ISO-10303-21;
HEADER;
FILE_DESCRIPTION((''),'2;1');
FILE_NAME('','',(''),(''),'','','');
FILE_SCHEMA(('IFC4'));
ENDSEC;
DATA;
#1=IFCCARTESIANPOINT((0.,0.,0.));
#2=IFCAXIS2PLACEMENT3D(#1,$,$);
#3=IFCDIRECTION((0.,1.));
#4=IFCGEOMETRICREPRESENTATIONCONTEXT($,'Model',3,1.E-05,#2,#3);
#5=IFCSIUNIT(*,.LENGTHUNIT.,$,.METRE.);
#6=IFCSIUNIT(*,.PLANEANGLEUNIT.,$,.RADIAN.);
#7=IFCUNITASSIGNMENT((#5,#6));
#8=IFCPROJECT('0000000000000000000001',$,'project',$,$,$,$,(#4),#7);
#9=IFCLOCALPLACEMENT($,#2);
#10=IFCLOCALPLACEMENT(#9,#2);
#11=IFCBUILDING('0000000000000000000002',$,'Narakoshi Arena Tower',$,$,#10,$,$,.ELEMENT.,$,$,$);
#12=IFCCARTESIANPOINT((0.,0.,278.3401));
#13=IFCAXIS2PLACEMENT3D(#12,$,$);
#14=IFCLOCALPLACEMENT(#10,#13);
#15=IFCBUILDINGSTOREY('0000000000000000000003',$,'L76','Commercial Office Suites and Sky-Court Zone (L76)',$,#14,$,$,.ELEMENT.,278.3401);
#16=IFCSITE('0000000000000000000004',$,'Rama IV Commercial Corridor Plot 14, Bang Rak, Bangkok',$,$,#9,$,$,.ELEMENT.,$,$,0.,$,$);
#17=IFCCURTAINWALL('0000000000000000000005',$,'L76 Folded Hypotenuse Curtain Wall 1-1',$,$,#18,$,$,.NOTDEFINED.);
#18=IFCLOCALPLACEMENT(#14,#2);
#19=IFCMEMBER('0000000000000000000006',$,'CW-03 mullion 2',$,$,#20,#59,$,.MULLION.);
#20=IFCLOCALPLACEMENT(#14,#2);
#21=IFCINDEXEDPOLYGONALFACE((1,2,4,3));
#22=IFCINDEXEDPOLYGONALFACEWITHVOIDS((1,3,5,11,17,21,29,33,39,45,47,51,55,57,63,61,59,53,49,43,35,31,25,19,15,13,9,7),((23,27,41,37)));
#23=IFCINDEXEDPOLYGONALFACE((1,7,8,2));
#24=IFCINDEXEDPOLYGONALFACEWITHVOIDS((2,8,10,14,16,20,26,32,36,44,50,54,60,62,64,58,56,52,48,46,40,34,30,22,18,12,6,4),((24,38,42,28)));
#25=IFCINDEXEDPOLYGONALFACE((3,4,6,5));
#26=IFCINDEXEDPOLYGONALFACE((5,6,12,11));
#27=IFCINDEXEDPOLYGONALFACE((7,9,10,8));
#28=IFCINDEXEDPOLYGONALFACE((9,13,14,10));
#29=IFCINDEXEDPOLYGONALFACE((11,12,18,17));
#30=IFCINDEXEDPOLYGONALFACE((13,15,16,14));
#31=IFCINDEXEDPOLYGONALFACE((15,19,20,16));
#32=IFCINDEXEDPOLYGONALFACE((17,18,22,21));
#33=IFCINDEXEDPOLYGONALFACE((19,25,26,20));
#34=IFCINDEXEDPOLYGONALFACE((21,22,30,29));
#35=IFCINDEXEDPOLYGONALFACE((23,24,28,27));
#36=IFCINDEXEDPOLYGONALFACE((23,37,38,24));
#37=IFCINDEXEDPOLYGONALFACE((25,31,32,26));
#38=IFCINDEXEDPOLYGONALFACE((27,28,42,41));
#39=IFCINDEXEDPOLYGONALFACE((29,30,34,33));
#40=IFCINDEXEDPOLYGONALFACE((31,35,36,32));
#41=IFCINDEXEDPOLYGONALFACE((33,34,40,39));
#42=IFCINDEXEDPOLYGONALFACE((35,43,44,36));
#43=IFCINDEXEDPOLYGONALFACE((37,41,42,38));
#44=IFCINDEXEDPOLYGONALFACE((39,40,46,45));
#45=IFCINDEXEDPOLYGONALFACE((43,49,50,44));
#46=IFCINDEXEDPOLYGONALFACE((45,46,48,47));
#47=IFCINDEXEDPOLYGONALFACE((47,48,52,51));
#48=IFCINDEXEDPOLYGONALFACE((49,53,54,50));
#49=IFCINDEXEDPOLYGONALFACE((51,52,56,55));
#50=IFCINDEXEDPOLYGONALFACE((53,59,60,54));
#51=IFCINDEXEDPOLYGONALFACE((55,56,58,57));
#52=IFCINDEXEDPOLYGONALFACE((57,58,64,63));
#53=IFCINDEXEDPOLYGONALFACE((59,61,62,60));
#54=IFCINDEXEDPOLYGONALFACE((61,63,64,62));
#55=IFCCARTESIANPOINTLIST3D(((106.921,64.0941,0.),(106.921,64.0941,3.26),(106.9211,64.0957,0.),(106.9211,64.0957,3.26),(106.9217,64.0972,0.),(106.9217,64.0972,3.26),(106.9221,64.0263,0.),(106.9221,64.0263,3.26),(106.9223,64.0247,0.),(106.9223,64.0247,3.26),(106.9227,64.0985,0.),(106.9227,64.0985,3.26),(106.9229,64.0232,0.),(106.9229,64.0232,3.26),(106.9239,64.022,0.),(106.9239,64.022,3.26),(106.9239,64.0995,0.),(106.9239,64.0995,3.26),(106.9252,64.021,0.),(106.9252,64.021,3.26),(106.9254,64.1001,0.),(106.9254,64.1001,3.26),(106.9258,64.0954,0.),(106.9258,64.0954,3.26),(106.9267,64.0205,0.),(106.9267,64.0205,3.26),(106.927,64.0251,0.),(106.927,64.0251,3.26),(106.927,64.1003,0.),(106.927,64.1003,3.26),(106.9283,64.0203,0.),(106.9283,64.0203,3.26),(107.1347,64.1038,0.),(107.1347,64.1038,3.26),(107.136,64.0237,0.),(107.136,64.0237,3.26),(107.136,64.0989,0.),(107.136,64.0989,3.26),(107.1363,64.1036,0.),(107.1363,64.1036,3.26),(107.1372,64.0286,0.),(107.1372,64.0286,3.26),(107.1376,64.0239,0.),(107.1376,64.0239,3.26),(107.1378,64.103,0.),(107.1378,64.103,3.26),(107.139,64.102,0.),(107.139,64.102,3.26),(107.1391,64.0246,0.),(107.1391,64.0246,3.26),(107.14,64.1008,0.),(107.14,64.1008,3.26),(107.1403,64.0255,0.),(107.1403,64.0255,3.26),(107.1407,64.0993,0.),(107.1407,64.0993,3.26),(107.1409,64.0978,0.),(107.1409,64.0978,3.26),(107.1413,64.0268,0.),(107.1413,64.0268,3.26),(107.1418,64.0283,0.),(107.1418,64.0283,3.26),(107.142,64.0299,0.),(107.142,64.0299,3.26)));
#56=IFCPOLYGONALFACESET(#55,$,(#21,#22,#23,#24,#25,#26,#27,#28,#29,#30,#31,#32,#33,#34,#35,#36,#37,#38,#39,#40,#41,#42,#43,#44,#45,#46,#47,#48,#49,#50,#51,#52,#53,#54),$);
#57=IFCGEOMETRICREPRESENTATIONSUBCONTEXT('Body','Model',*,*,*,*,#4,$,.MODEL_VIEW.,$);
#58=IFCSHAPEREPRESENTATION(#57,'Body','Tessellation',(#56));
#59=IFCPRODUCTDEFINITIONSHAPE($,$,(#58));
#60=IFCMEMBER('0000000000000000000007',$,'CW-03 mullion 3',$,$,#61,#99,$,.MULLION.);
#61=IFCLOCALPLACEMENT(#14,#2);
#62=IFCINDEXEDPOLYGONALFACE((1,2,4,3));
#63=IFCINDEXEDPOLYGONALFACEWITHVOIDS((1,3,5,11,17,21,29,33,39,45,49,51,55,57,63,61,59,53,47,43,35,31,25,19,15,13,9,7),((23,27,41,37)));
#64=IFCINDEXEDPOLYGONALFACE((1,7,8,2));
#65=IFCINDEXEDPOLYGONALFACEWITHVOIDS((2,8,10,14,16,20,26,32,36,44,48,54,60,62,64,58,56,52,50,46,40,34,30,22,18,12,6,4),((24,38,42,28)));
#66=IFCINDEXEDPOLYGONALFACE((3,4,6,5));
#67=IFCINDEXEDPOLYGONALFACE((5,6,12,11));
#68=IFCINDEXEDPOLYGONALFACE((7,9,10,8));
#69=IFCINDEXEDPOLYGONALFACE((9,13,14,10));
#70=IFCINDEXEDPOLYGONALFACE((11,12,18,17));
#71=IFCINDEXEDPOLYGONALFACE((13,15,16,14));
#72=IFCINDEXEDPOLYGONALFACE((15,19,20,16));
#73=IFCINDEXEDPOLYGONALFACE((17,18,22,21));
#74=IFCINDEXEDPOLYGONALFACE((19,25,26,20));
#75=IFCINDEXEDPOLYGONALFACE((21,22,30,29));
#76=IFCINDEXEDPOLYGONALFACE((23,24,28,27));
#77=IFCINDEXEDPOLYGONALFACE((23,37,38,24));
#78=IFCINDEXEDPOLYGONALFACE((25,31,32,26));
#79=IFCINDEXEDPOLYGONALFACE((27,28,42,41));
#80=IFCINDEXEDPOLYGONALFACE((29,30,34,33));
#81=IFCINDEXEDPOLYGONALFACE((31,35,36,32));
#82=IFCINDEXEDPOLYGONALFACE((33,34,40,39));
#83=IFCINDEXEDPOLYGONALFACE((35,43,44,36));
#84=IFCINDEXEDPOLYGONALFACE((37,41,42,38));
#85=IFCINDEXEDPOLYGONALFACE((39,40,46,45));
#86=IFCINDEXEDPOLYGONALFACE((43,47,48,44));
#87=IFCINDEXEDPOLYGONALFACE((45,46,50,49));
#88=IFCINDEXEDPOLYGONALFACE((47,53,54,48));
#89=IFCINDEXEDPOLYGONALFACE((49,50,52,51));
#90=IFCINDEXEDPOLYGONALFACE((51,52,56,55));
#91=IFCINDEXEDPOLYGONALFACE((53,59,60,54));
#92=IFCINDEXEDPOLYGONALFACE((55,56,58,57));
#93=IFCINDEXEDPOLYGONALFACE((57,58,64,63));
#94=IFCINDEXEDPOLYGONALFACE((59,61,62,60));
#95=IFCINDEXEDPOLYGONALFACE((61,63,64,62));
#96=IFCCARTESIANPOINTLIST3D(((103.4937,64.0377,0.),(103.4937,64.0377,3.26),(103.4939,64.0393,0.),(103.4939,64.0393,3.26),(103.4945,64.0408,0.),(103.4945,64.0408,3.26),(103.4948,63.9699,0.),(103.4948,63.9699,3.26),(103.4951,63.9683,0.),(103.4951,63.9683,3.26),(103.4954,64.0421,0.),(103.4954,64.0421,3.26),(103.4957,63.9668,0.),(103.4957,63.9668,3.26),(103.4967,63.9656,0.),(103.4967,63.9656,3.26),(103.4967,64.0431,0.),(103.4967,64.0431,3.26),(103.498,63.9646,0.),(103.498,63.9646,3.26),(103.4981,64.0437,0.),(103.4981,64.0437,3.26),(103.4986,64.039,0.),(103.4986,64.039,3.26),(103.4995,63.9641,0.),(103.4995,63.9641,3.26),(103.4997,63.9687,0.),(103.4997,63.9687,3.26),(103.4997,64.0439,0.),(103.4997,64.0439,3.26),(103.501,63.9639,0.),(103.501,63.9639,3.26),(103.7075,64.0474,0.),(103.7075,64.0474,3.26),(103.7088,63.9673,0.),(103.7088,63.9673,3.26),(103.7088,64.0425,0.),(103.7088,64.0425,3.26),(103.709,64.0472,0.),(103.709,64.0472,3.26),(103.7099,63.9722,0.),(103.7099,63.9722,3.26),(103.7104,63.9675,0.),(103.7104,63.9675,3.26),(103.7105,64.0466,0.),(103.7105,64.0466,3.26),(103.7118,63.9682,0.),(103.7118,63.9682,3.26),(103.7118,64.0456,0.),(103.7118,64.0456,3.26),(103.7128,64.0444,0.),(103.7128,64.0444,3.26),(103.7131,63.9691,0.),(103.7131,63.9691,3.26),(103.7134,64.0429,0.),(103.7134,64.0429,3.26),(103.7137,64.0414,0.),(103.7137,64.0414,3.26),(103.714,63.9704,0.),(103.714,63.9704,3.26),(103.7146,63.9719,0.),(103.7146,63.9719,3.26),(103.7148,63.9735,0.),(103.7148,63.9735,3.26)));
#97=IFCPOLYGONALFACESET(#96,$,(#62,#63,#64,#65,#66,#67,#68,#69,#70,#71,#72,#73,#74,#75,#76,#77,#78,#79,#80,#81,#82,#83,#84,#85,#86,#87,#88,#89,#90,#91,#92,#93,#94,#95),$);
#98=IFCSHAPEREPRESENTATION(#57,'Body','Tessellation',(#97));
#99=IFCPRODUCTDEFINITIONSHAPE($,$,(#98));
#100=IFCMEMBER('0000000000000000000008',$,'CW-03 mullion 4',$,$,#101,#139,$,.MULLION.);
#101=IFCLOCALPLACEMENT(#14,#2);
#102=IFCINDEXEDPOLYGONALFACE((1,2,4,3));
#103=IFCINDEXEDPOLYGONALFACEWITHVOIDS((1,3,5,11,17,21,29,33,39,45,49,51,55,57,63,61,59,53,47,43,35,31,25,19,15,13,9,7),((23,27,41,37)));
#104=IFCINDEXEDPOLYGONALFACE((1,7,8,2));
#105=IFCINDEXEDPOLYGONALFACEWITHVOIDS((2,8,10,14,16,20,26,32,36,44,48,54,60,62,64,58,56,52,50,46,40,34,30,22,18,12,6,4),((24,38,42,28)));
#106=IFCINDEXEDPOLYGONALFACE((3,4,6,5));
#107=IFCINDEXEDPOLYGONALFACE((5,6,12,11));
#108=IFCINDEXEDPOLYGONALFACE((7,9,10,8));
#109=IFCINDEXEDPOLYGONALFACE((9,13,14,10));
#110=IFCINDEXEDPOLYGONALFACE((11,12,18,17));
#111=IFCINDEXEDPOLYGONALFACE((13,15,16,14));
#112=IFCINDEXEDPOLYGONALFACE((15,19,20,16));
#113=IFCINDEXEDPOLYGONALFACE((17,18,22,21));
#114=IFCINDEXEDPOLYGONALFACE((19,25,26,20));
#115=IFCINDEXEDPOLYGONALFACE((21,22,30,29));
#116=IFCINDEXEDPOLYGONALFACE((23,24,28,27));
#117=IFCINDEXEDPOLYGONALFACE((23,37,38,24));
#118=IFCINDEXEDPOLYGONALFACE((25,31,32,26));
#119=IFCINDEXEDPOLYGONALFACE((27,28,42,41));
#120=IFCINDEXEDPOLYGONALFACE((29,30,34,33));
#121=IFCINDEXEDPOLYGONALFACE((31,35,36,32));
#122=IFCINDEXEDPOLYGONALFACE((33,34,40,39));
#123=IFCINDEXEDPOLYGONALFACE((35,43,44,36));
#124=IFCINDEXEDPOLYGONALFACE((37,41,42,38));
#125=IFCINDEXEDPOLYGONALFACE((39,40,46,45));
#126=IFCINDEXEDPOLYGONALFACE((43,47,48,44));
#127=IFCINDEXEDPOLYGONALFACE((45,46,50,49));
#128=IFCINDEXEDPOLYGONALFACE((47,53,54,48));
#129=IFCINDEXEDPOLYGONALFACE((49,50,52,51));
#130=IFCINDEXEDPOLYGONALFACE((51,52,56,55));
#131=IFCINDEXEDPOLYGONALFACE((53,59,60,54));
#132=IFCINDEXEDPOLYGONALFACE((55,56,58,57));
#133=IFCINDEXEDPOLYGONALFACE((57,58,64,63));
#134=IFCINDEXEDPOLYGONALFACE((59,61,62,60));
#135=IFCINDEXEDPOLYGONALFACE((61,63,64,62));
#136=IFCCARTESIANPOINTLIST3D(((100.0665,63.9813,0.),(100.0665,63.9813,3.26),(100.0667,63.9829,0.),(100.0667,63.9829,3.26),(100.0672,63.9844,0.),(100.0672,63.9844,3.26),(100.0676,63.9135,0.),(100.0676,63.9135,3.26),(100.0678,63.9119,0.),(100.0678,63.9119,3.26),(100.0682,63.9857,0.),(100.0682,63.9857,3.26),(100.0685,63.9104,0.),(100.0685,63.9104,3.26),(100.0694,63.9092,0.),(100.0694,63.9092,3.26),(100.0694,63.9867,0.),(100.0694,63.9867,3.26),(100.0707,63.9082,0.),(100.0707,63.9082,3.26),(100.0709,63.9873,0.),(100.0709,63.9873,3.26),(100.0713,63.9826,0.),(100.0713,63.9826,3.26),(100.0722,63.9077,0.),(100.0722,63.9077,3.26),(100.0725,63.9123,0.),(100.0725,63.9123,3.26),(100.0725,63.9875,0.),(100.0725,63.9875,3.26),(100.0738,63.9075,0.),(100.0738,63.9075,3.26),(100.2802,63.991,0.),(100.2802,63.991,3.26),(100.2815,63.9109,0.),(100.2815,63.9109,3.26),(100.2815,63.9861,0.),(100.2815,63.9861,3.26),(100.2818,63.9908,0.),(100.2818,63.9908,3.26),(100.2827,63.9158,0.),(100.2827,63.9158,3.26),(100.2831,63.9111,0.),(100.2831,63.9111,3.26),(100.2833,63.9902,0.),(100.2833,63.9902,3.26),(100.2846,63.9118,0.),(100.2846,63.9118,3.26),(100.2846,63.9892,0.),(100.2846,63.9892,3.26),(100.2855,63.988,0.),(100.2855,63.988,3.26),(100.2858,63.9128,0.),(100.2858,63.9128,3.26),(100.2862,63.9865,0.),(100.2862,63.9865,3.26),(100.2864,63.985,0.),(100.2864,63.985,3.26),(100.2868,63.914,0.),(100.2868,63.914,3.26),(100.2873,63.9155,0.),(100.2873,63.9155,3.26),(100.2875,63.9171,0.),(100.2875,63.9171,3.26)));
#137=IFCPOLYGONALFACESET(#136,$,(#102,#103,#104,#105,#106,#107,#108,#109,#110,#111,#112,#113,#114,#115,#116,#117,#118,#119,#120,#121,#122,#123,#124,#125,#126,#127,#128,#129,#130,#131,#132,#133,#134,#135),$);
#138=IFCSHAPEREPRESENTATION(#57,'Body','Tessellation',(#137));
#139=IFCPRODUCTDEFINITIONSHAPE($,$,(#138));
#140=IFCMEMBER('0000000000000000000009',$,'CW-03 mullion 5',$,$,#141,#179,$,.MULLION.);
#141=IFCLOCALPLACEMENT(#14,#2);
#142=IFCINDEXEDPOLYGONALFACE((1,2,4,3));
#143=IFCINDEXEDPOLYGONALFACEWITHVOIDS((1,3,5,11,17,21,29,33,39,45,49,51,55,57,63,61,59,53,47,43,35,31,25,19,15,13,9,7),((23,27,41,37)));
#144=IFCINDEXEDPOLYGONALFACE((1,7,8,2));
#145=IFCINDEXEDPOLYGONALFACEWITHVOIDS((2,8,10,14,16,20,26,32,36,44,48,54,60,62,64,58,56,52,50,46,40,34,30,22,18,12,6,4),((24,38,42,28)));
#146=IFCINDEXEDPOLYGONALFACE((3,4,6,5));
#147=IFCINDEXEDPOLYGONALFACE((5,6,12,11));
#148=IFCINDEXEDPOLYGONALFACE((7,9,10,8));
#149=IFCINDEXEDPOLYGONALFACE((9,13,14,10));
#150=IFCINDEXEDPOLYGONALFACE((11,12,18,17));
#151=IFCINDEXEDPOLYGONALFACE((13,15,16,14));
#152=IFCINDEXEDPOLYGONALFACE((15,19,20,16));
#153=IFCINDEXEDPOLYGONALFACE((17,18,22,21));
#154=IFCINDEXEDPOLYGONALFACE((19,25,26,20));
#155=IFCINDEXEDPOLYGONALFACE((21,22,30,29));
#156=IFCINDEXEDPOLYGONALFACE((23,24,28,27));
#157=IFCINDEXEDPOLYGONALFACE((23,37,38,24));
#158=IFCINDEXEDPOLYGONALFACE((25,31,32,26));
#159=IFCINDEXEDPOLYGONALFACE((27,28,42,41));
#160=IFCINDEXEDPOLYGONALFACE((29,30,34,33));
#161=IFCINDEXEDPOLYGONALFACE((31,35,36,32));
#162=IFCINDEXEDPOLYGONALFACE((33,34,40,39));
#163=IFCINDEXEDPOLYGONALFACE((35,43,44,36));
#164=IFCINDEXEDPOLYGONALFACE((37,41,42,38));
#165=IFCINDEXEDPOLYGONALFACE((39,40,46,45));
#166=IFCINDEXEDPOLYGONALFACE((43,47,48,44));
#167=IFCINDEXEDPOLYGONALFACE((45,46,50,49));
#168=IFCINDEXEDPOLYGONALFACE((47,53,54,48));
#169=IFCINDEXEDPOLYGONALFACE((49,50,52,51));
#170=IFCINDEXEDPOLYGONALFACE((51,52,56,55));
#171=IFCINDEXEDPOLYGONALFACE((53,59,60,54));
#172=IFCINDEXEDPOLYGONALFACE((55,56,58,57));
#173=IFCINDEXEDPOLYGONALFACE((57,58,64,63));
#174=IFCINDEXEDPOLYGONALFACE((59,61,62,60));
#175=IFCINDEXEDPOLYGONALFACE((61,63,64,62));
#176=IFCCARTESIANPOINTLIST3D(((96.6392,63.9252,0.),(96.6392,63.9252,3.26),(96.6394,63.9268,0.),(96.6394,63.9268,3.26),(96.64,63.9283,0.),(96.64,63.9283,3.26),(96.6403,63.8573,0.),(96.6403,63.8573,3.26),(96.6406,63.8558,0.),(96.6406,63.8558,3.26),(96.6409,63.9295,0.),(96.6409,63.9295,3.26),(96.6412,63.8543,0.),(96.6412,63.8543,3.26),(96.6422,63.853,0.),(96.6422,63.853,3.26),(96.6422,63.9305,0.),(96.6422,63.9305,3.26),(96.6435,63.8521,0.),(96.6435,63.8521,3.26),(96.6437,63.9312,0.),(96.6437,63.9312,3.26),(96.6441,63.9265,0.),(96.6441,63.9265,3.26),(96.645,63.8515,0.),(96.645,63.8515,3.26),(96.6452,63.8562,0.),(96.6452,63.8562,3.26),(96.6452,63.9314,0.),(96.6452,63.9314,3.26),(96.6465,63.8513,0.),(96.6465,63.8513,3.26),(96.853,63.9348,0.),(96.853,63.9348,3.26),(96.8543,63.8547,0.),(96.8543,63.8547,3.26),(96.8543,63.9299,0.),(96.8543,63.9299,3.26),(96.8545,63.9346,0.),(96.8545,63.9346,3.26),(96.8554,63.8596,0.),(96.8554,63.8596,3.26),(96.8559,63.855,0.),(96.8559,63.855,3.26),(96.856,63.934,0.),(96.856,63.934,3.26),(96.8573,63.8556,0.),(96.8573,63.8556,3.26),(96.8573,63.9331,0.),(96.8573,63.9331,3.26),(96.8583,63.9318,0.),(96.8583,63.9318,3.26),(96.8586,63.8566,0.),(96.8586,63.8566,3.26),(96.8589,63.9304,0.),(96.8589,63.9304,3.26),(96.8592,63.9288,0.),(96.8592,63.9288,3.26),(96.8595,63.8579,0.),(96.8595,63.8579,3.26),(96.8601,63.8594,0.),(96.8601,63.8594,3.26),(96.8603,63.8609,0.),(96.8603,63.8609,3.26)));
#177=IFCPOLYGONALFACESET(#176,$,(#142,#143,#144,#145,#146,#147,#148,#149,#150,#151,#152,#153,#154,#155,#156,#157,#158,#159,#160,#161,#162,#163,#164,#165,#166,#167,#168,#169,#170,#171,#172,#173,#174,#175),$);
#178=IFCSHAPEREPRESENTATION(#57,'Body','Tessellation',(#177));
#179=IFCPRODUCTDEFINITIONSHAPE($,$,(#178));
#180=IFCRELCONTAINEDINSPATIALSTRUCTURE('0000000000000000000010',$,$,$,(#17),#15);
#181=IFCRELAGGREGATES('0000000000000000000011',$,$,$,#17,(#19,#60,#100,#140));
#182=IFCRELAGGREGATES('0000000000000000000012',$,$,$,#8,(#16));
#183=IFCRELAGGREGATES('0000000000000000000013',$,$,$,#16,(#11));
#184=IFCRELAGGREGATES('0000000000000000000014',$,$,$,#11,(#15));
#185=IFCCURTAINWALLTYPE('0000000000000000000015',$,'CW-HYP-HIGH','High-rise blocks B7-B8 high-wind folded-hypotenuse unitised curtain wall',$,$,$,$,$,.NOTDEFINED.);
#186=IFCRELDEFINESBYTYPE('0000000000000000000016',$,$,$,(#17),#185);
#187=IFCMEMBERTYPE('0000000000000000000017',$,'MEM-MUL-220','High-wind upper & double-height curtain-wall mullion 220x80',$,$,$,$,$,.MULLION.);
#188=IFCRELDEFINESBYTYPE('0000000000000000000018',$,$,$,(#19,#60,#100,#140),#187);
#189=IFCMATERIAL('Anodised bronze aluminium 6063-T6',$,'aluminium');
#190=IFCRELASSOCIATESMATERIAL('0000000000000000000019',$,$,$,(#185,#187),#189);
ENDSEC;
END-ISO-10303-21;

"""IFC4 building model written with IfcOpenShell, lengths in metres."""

from ifc_helpers import new_model, si_unit, direction, frame, origin, origin_2d, place, context, subcontext, project, spatial, hollow_rectangle, extrude, material, material_profile, profile_set, type_object, element, aggregate, save


model = new_model("IFC4")

# Units and contexts
model_context = context("Model", 3, precision=1e-05, world=origin(), true_north=direction((0.0, 1.0)))
body_context = subcontext(model_context, "Body", "Model", "MODEL_VIEW")
ifc_project = project(units=[si_unit("LENGTHUNIT", "METRE"), si_unit("PLANEANGLEUNIT", "RADIAN")], contexts=[model_context])

# Site, building, storey
site_placement = place(None, origin())
site = spatial("IfcSite", under=ifc_project, at=site_placement, Name="Rama IV Commercial Corridor Plot 14, Bang Rak, Bangkok", CompositionType="ELEMENT", RefElevation=0.0)
building_placement = place(site_placement, origin())
building = spatial("IfcBuilding", under=site, at=building_placement, Name="Narakoshi Arena Tower", CompositionType="ELEMENT")
storey_placement = place(building_placement, frame((0.0, 0.0, 278.3401)))
storey = spatial("IfcBuildingStorey", under=building, at=storey_placement, Name="L76", Description="Commercial Office Suites and Sky-Court Zone (L76)", CompositionType="ELEMENT", Elevation=278.3401)

# Curtain wall, members
ifc_material_1 = material(Name="Anodised bronze aluminium 6063-T6", Category="aluminium")
curtain_wall_type = type_object("IfcCurtainWallType", Name="CW-HYP-HIGH", Description="High-rise blocks B7-B8 high-wind folded-hypotenuse unitised curtain wall", PredefinedType="NOTDEFINED", material=ifc_material_1)
curtain_wall_placement = place(storey_placement, origin())
curtain_wall = element("IfcCurtainWall", 1, at=curtain_wall_placement, inside=storey, type_object=curtain_wall_type, Name="L76 Folded Hypotenuse Curtain Wall 1-1", PredefinedType="NOTDEFINED")
ifc_material_profile_1 = material_profile(ifc_material_1, hollow_rectangle(XDim=0.0801, YDim=0.22, WallThickness=0.0049, OuterFilletRadius=0.0061, at=origin_2d()), Name="MUL220x80x5")
ifc_profile_set_1 = profile_set([ifc_material_profile_1], Name="Anodised bronze aluminium 6063-T6")
member_type_1 = type_object("IfcMemberType", Name="MEM-MUL-220", Description="High-wind upper & double-height curtain-wall mullion 220x80", PredefinedType="MULLION", material=ifc_profile_set_1)
member_1_placement = place(storey_placement, frame((107.0315, 64.062, 0.0), z_axis=(0.0, 0.0, 1.0), x_axis=(0.016443, -0.999865, 0.0)))
member_1 = element("IfcMember", 2, at=member_1_placement, type_object=member_type_1, Name="CW-03 mullion 2", PredefinedType="MULLION", context=body_context, shape_type="SweptSolid", body=[
    extrude(hollow_rectangle(XDim=0.0801, YDim=0.22, WallThickness=0.0049, OuterFilletRadius=0.0061, at=origin_2d()), origin(), (0.0, 0.0, 1.0), 3.26),
])
member_2_placement = place(storey_placement, frame((103.6042, 64.0056, 0.0), z_axis=(0.0, 0.0, 1.0), x_axis=(0.016443, -0.999865, 0.0)))
member_2 = element("IfcMember", 3, at=member_2_placement, type_object=member_type_1, Name="CW-03 mullion 3", PredefinedType="MULLION", context=body_context, shape_type="SweptSolid", body=[
    extrude(hollow_rectangle(XDim=0.0801, YDim=0.22, WallThickness=0.0049, OuterFilletRadius=0.0061, at=origin_2d()), origin(), (0.0, 0.0, 1.0), 3.26),
])
member_3_placement = place(storey_placement, frame((100.177, 63.9492, 0.0), z_axis=(0.0, 0.0, 1.0), x_axis=(0.016443, -0.999865, 0.0)))
member_3 = element("IfcMember", 4, at=member_3_placement, type_object=member_type_1, Name="CW-03 mullion 4", PredefinedType="MULLION", context=body_context, shape_type="SweptSolid", body=[
    extrude(hollow_rectangle(XDim=0.0801, YDim=0.22, WallThickness=0.0049, OuterFilletRadius=0.0061, at=origin_2d()), origin(), (0.0, 0.0, 1.0), 3.26),
])
member_4_placement = place(storey_placement, frame((96.7498, 63.8931, 0.0), z_axis=(0.0, 0.0, 1.0), x_axis=(0.016443, -0.999865, 0.0)))
member_4 = element("IfcMember", 5, at=member_4_placement, type_object=member_type_1, Name="CW-03 mullion 5", PredefinedType="MULLION", context=body_context, shape_type="SweptSolid", body=[
    extrude(hollow_rectangle(XDim=0.0801, YDim=0.22, WallThickness=0.0049, OuterFilletRadius=0.0061, at=origin_2d()), origin(), (0.0, 0.0, 1.0), 3.26),
])
aggregate(curtain_wall, [member_1, member_2, member_3, member_4])

save(model, "model.ifc")
